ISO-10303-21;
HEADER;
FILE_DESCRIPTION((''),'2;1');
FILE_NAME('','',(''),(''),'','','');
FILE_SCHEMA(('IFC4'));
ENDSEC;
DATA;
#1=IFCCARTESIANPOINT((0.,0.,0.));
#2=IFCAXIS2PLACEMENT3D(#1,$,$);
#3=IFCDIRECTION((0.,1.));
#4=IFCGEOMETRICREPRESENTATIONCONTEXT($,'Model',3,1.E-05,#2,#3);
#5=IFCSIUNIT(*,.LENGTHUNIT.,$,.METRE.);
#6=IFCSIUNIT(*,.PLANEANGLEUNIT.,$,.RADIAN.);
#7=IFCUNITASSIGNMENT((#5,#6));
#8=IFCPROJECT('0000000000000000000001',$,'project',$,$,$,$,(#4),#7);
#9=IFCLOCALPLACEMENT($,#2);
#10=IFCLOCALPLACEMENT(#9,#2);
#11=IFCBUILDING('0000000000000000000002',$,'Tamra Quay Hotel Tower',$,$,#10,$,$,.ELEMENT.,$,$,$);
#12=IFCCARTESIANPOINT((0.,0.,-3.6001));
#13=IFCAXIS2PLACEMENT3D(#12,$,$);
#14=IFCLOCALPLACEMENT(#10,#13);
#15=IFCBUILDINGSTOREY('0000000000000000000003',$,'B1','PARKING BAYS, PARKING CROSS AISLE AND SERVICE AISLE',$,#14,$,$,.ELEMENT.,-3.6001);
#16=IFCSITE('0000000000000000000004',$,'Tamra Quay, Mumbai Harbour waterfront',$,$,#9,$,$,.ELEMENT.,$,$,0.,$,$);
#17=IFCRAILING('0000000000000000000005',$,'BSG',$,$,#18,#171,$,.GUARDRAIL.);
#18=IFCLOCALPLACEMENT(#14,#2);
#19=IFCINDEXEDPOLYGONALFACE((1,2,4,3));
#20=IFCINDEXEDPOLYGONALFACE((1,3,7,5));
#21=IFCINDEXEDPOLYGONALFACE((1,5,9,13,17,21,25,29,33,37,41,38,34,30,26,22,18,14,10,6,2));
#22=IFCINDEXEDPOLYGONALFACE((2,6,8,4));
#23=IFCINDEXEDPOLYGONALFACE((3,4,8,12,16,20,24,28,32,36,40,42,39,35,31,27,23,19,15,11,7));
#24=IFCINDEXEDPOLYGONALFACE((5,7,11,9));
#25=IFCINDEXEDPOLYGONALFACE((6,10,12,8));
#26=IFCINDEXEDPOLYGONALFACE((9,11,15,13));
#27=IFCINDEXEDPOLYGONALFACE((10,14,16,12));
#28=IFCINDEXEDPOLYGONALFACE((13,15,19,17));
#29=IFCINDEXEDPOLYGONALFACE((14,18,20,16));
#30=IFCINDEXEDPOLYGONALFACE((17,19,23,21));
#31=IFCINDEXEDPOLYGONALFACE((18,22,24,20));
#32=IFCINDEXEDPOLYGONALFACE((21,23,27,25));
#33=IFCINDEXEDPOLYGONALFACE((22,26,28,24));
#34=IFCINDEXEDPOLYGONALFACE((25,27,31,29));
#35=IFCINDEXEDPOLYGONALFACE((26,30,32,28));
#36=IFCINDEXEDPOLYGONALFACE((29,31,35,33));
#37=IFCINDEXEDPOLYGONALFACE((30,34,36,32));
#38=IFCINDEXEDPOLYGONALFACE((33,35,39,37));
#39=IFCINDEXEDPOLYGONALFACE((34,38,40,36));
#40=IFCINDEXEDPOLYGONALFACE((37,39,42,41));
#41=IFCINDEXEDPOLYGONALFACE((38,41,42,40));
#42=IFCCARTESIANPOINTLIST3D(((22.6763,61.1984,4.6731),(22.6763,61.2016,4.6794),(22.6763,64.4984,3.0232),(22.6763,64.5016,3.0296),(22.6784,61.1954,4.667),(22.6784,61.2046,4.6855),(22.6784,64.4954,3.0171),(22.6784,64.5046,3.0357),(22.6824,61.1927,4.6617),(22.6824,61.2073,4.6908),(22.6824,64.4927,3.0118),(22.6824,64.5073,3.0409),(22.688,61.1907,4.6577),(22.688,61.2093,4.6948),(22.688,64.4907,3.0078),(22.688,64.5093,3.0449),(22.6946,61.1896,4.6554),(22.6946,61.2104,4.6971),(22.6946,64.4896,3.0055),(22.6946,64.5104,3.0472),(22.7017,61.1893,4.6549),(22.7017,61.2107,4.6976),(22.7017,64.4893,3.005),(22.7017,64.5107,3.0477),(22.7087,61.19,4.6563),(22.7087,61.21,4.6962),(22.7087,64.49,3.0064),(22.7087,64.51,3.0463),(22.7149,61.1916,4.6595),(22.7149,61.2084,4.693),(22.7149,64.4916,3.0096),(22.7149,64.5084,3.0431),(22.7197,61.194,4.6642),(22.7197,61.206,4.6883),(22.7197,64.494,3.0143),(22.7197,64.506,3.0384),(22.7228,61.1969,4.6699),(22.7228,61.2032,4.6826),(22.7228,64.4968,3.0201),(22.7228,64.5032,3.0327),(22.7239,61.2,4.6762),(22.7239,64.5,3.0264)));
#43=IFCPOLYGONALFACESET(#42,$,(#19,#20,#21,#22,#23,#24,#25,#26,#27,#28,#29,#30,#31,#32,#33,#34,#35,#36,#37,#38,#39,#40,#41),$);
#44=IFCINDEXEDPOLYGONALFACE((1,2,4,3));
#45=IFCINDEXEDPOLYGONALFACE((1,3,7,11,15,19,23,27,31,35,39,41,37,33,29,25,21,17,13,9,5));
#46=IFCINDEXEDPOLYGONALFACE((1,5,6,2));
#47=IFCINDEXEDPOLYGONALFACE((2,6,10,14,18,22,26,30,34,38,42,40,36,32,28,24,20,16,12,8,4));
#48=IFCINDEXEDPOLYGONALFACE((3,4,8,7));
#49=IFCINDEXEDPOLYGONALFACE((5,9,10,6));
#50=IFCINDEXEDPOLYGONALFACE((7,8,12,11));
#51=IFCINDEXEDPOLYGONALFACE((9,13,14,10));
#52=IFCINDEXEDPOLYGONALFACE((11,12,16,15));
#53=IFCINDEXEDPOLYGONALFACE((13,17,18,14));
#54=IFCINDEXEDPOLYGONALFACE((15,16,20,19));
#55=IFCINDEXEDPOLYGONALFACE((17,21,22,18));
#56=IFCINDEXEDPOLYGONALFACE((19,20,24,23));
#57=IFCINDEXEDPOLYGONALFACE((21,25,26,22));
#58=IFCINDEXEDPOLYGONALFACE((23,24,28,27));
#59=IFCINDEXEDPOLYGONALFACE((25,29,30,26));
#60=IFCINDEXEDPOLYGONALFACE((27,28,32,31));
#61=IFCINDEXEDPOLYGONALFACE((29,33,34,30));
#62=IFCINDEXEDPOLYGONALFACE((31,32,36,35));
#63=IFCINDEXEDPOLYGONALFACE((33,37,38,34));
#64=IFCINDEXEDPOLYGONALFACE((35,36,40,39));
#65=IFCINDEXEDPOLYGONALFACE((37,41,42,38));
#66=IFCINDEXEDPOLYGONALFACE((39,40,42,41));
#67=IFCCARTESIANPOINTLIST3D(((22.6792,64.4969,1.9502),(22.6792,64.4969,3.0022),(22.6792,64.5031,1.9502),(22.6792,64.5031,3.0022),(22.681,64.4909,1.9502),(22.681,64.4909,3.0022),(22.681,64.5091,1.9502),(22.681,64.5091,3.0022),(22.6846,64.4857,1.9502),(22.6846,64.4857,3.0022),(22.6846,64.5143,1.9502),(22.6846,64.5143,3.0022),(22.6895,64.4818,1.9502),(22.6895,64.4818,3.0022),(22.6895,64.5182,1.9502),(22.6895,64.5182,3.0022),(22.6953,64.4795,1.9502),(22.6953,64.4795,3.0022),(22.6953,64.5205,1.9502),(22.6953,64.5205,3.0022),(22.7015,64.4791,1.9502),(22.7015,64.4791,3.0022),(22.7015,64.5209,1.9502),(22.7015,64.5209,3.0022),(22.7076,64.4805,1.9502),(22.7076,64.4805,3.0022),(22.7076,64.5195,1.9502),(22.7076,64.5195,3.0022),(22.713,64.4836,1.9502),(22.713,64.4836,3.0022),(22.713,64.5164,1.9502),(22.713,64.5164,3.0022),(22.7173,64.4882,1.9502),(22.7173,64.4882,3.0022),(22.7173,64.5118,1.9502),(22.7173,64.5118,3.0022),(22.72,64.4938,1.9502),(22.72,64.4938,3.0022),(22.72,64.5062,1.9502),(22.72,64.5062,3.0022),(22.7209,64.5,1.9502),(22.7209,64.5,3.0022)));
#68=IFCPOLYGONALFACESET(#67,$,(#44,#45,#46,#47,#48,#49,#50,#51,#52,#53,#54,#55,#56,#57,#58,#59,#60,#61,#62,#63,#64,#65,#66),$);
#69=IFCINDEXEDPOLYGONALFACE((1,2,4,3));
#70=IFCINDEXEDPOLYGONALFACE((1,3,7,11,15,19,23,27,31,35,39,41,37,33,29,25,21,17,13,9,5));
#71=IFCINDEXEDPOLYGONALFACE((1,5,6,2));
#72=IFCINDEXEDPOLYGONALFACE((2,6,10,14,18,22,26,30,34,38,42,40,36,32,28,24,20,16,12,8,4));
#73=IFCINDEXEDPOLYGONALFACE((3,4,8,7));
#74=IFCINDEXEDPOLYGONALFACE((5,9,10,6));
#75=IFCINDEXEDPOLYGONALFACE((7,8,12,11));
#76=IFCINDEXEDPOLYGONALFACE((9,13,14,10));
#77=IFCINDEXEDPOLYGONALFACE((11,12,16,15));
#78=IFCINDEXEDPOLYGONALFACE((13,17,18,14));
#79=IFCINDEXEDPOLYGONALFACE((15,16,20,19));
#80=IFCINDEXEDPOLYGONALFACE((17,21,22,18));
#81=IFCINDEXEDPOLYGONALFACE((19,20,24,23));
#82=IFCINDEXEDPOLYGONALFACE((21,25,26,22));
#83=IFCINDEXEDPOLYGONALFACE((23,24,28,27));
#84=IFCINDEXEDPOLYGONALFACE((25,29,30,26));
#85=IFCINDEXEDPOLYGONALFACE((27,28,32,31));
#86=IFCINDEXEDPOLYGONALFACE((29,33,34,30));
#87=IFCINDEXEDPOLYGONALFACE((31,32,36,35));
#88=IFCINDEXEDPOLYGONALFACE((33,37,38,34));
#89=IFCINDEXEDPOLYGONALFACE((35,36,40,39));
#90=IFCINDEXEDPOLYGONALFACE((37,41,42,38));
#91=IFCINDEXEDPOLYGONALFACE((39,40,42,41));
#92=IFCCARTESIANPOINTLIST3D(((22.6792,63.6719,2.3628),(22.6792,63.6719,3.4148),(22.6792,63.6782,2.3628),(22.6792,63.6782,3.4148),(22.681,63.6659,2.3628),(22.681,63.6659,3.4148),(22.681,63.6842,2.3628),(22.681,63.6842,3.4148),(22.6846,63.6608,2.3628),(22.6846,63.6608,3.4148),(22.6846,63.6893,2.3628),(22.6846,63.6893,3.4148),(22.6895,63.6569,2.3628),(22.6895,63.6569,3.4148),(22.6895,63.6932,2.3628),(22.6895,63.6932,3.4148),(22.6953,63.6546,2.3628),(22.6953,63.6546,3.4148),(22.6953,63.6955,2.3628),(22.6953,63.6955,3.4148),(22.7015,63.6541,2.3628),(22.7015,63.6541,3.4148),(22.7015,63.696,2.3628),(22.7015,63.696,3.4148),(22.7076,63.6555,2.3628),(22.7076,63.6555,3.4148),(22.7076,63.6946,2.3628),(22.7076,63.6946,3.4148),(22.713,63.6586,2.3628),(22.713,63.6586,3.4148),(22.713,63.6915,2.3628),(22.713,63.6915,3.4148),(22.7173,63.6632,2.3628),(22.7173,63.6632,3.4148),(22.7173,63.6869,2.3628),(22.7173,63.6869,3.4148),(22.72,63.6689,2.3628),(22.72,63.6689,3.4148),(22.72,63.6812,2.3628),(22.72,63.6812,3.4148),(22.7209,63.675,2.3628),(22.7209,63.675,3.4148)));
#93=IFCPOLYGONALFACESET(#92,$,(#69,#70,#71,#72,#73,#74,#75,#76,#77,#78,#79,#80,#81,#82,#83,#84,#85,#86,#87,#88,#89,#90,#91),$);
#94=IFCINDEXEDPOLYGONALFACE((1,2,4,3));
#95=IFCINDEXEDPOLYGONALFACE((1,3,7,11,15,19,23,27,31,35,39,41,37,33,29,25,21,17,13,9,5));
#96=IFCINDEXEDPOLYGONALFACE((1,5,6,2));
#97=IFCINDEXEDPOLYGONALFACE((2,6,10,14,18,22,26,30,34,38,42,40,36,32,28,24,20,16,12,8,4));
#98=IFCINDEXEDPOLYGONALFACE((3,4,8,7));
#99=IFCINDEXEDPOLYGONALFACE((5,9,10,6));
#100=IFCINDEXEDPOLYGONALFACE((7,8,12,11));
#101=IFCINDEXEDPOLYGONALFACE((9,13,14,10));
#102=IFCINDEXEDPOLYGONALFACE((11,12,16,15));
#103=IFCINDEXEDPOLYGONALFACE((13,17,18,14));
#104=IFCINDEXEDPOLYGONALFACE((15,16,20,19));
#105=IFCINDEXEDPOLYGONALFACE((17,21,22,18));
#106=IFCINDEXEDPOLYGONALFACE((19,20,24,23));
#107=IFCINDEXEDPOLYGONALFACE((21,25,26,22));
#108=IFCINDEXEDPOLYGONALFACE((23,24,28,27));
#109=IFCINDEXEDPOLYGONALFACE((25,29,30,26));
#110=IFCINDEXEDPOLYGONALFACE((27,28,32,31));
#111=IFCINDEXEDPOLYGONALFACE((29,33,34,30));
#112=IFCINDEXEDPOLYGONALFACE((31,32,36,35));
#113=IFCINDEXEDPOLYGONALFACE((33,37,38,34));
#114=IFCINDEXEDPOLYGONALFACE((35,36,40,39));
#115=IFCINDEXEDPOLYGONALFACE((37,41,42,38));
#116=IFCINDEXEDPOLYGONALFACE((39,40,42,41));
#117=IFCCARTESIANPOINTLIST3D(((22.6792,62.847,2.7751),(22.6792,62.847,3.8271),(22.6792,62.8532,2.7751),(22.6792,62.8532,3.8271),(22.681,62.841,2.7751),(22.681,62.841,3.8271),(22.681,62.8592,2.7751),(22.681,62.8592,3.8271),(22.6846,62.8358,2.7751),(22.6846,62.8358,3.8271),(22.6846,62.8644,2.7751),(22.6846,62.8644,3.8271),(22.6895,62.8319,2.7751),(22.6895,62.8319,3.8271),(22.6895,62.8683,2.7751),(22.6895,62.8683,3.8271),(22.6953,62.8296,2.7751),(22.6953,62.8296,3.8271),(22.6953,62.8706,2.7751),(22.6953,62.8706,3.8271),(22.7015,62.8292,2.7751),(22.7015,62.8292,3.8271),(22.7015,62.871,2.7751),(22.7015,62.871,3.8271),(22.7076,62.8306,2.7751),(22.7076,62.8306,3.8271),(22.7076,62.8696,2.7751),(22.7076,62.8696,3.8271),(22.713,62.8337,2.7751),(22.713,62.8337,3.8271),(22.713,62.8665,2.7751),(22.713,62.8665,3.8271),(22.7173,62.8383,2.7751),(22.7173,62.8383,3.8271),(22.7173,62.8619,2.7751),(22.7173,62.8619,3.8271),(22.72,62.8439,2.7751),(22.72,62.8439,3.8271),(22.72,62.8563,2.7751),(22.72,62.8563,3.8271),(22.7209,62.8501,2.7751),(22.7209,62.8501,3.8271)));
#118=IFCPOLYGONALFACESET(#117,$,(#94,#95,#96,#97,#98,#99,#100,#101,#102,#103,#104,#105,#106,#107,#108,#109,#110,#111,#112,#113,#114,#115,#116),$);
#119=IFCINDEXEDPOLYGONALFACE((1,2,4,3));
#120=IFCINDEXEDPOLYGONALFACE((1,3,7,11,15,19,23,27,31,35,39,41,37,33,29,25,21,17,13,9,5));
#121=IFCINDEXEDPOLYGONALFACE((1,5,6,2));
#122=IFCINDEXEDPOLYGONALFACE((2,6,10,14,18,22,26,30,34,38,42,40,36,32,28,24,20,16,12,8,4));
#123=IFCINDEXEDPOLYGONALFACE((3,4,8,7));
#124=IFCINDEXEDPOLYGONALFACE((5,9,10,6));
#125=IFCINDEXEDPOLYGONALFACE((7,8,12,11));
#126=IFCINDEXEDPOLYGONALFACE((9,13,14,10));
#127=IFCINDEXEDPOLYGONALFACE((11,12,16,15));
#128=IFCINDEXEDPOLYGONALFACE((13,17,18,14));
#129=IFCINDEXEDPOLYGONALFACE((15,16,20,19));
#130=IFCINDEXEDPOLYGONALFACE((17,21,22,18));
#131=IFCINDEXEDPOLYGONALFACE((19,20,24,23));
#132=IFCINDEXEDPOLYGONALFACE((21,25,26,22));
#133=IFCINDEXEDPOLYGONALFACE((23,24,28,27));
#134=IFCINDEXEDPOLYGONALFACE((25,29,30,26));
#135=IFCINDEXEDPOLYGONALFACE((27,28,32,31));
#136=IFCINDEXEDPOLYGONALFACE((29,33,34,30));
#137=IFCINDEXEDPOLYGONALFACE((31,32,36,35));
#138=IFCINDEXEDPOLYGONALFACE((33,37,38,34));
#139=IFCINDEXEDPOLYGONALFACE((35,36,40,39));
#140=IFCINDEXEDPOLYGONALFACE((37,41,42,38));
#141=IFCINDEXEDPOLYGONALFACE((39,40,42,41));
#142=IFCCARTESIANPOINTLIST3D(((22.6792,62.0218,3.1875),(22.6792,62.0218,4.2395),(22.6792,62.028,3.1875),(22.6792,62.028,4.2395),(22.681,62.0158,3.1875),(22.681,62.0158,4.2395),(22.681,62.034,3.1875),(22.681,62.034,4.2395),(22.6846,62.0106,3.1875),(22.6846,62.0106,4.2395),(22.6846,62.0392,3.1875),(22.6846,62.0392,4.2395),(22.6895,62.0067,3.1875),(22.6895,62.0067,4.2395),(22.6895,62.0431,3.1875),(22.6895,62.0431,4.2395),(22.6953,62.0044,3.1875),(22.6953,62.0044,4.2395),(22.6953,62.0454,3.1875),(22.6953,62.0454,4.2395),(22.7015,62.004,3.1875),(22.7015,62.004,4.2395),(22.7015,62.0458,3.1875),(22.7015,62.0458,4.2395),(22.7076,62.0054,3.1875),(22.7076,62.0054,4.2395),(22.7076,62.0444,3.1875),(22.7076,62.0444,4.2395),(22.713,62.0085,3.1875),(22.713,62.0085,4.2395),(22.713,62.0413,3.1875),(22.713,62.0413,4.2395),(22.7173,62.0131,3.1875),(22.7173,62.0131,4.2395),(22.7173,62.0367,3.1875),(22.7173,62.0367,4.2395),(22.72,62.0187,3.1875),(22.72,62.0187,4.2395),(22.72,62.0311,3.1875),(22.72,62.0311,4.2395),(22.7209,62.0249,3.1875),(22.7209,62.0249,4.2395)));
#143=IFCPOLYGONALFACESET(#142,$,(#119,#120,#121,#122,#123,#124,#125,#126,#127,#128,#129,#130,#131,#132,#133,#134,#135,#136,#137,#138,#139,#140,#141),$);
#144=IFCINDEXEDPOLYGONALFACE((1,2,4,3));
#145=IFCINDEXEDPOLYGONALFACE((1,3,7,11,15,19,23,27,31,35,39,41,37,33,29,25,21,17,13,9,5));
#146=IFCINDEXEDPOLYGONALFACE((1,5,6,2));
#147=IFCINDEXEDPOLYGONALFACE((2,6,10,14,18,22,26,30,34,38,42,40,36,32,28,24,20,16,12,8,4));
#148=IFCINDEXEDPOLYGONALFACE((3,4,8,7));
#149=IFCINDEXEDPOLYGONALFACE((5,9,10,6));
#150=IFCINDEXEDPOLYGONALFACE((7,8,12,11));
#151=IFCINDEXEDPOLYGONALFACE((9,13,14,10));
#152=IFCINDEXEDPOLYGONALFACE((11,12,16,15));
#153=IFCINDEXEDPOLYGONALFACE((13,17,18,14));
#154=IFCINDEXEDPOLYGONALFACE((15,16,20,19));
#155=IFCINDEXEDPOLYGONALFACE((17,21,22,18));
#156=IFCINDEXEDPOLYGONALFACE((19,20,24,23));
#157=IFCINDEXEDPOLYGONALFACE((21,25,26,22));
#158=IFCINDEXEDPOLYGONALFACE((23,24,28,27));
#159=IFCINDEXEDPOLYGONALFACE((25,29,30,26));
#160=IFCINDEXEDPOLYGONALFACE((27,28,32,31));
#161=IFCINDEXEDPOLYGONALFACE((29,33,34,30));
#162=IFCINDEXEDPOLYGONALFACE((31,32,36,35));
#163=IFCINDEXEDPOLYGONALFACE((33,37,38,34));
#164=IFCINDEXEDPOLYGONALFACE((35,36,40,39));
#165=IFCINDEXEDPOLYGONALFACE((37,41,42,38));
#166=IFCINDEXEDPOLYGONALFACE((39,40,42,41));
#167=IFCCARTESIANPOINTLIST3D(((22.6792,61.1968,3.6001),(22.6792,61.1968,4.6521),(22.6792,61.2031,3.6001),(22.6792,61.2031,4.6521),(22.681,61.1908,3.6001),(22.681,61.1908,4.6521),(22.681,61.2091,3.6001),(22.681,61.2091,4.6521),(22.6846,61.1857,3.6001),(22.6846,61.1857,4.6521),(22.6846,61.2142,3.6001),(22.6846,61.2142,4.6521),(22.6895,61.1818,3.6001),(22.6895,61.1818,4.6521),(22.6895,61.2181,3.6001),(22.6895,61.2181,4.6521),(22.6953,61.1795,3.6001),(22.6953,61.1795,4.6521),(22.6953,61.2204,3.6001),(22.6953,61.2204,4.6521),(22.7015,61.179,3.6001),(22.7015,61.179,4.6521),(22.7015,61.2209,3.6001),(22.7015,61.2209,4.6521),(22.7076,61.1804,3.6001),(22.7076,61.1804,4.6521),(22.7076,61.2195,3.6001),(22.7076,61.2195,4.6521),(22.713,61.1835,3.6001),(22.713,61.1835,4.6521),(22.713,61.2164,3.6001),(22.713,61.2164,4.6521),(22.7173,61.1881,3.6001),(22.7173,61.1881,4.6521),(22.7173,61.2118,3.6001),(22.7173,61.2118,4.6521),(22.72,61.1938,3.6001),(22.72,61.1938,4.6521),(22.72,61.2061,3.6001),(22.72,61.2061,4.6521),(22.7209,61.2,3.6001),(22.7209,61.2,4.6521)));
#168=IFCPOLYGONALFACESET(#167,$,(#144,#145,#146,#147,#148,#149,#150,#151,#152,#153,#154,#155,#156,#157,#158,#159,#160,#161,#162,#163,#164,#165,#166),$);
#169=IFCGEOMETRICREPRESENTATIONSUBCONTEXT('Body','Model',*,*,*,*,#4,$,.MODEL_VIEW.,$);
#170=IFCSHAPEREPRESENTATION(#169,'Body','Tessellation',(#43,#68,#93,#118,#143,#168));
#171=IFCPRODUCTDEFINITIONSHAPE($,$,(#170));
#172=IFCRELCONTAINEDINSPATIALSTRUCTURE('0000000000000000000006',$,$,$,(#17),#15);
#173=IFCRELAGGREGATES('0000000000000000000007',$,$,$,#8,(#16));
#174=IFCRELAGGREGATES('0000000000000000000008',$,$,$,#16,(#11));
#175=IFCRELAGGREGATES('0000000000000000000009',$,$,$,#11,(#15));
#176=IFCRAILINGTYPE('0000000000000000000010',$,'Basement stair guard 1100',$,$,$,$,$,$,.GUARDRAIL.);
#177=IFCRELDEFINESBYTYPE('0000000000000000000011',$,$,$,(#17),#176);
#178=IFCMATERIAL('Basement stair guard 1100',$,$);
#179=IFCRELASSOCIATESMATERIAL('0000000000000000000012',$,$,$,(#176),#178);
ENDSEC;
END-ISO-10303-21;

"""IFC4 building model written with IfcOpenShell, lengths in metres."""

from ifc_helpers import new_model, si_unit, direction, frame, origin, origin_2d, place, context, subcontext, project, spatial, circle, extrude, material, type_object, element, save


model = new_model("IFC4")

# Units and contexts
model_context = context("Model", 3, precision=1e-05, world=origin(), true_north=direction((0.0, 1.0)))
body_context = subcontext(model_context, "Body", "Model", "MODEL_VIEW")
ifc_project = project(units=[si_unit("LENGTHUNIT", "METRE"), si_unit("PLANEANGLEUNIT", "RADIAN")], contexts=[model_context])

# Site, building, storey
site_placement = place(None, origin())
site = spatial("IfcSite", under=ifc_project, at=site_placement, Name="Tamra Quay, Mumbai Harbour waterfront", CompositionType="ELEMENT", RefElevation=0.0)
building_placement = place(site_placement, origin())
building = spatial("IfcBuilding", under=site, at=building_placement, Name="Tamra Quay Hotel Tower", CompositionType="ELEMENT")
storey_placement = place(building_placement, frame((0.0, 0.0, -3.6001)))
storey = spatial("IfcBuildingStorey", under=building, at=storey_placement, Name="B1", Description="PARKING BAYS, PARKING CROSS AISLE AND SERVICE AISLE", CompositionType="ELEMENT", Elevation=-3.6001)

# Railing
ifc_material_1 = material(Name="Basement stair guard 1100")
railing_type_1 = type_object("IfcRailingType", Name="Basement stair guard 1100", PredefinedType="GUARDRAIL", material=ifc_material_1)
railing_1_placement = place(storey_placement, frame((22.7, 64.5, 1.9502)))
element("IfcRailing", 1, at=railing_1_placement, inside=storey, type_object=railing_type_1, Name="BSG", PredefinedType="GUARDRAIL", context=body_context, shape_type="SweptSolid", body=[
    extrude(circle(Radius=0.0239, at=origin_2d()), frame((0.0, 0.0, 1.0762), z_axis=(0.0, -0.89444, 0.447187), x_axis=(1.0, 0.0, 0.0)), (0.0, 0.0, 1.0), 3.6895),
    extrude(circle(Radius=0.021, at=origin_2d()), origin(), (0.0, 0.0, 1.0), 1.052),
    extrude(circle(Radius=0.021, at=origin_2d()), frame((0.0, -0.825, 0.4126)), (0.0, 0.0, 1.0), 1.052),
    extrude(circle(Radius=0.021, at=origin_2d()), frame((0.0, -1.6499, 0.825)), (0.0, 0.0, 1.0), 1.052),
    extrude(circle(Radius=0.021, at=origin_2d()), frame((0.0, -2.4751, 1.2373)), (0.0, 0.0, 1.0), 1.052),
    extrude(circle(Radius=0.021, at=origin_2d()), frame((0.0, -3.3, 1.6499)), (0.0, 0.0, 1.0), 1.052),
])

save(model, "model.ifc")
